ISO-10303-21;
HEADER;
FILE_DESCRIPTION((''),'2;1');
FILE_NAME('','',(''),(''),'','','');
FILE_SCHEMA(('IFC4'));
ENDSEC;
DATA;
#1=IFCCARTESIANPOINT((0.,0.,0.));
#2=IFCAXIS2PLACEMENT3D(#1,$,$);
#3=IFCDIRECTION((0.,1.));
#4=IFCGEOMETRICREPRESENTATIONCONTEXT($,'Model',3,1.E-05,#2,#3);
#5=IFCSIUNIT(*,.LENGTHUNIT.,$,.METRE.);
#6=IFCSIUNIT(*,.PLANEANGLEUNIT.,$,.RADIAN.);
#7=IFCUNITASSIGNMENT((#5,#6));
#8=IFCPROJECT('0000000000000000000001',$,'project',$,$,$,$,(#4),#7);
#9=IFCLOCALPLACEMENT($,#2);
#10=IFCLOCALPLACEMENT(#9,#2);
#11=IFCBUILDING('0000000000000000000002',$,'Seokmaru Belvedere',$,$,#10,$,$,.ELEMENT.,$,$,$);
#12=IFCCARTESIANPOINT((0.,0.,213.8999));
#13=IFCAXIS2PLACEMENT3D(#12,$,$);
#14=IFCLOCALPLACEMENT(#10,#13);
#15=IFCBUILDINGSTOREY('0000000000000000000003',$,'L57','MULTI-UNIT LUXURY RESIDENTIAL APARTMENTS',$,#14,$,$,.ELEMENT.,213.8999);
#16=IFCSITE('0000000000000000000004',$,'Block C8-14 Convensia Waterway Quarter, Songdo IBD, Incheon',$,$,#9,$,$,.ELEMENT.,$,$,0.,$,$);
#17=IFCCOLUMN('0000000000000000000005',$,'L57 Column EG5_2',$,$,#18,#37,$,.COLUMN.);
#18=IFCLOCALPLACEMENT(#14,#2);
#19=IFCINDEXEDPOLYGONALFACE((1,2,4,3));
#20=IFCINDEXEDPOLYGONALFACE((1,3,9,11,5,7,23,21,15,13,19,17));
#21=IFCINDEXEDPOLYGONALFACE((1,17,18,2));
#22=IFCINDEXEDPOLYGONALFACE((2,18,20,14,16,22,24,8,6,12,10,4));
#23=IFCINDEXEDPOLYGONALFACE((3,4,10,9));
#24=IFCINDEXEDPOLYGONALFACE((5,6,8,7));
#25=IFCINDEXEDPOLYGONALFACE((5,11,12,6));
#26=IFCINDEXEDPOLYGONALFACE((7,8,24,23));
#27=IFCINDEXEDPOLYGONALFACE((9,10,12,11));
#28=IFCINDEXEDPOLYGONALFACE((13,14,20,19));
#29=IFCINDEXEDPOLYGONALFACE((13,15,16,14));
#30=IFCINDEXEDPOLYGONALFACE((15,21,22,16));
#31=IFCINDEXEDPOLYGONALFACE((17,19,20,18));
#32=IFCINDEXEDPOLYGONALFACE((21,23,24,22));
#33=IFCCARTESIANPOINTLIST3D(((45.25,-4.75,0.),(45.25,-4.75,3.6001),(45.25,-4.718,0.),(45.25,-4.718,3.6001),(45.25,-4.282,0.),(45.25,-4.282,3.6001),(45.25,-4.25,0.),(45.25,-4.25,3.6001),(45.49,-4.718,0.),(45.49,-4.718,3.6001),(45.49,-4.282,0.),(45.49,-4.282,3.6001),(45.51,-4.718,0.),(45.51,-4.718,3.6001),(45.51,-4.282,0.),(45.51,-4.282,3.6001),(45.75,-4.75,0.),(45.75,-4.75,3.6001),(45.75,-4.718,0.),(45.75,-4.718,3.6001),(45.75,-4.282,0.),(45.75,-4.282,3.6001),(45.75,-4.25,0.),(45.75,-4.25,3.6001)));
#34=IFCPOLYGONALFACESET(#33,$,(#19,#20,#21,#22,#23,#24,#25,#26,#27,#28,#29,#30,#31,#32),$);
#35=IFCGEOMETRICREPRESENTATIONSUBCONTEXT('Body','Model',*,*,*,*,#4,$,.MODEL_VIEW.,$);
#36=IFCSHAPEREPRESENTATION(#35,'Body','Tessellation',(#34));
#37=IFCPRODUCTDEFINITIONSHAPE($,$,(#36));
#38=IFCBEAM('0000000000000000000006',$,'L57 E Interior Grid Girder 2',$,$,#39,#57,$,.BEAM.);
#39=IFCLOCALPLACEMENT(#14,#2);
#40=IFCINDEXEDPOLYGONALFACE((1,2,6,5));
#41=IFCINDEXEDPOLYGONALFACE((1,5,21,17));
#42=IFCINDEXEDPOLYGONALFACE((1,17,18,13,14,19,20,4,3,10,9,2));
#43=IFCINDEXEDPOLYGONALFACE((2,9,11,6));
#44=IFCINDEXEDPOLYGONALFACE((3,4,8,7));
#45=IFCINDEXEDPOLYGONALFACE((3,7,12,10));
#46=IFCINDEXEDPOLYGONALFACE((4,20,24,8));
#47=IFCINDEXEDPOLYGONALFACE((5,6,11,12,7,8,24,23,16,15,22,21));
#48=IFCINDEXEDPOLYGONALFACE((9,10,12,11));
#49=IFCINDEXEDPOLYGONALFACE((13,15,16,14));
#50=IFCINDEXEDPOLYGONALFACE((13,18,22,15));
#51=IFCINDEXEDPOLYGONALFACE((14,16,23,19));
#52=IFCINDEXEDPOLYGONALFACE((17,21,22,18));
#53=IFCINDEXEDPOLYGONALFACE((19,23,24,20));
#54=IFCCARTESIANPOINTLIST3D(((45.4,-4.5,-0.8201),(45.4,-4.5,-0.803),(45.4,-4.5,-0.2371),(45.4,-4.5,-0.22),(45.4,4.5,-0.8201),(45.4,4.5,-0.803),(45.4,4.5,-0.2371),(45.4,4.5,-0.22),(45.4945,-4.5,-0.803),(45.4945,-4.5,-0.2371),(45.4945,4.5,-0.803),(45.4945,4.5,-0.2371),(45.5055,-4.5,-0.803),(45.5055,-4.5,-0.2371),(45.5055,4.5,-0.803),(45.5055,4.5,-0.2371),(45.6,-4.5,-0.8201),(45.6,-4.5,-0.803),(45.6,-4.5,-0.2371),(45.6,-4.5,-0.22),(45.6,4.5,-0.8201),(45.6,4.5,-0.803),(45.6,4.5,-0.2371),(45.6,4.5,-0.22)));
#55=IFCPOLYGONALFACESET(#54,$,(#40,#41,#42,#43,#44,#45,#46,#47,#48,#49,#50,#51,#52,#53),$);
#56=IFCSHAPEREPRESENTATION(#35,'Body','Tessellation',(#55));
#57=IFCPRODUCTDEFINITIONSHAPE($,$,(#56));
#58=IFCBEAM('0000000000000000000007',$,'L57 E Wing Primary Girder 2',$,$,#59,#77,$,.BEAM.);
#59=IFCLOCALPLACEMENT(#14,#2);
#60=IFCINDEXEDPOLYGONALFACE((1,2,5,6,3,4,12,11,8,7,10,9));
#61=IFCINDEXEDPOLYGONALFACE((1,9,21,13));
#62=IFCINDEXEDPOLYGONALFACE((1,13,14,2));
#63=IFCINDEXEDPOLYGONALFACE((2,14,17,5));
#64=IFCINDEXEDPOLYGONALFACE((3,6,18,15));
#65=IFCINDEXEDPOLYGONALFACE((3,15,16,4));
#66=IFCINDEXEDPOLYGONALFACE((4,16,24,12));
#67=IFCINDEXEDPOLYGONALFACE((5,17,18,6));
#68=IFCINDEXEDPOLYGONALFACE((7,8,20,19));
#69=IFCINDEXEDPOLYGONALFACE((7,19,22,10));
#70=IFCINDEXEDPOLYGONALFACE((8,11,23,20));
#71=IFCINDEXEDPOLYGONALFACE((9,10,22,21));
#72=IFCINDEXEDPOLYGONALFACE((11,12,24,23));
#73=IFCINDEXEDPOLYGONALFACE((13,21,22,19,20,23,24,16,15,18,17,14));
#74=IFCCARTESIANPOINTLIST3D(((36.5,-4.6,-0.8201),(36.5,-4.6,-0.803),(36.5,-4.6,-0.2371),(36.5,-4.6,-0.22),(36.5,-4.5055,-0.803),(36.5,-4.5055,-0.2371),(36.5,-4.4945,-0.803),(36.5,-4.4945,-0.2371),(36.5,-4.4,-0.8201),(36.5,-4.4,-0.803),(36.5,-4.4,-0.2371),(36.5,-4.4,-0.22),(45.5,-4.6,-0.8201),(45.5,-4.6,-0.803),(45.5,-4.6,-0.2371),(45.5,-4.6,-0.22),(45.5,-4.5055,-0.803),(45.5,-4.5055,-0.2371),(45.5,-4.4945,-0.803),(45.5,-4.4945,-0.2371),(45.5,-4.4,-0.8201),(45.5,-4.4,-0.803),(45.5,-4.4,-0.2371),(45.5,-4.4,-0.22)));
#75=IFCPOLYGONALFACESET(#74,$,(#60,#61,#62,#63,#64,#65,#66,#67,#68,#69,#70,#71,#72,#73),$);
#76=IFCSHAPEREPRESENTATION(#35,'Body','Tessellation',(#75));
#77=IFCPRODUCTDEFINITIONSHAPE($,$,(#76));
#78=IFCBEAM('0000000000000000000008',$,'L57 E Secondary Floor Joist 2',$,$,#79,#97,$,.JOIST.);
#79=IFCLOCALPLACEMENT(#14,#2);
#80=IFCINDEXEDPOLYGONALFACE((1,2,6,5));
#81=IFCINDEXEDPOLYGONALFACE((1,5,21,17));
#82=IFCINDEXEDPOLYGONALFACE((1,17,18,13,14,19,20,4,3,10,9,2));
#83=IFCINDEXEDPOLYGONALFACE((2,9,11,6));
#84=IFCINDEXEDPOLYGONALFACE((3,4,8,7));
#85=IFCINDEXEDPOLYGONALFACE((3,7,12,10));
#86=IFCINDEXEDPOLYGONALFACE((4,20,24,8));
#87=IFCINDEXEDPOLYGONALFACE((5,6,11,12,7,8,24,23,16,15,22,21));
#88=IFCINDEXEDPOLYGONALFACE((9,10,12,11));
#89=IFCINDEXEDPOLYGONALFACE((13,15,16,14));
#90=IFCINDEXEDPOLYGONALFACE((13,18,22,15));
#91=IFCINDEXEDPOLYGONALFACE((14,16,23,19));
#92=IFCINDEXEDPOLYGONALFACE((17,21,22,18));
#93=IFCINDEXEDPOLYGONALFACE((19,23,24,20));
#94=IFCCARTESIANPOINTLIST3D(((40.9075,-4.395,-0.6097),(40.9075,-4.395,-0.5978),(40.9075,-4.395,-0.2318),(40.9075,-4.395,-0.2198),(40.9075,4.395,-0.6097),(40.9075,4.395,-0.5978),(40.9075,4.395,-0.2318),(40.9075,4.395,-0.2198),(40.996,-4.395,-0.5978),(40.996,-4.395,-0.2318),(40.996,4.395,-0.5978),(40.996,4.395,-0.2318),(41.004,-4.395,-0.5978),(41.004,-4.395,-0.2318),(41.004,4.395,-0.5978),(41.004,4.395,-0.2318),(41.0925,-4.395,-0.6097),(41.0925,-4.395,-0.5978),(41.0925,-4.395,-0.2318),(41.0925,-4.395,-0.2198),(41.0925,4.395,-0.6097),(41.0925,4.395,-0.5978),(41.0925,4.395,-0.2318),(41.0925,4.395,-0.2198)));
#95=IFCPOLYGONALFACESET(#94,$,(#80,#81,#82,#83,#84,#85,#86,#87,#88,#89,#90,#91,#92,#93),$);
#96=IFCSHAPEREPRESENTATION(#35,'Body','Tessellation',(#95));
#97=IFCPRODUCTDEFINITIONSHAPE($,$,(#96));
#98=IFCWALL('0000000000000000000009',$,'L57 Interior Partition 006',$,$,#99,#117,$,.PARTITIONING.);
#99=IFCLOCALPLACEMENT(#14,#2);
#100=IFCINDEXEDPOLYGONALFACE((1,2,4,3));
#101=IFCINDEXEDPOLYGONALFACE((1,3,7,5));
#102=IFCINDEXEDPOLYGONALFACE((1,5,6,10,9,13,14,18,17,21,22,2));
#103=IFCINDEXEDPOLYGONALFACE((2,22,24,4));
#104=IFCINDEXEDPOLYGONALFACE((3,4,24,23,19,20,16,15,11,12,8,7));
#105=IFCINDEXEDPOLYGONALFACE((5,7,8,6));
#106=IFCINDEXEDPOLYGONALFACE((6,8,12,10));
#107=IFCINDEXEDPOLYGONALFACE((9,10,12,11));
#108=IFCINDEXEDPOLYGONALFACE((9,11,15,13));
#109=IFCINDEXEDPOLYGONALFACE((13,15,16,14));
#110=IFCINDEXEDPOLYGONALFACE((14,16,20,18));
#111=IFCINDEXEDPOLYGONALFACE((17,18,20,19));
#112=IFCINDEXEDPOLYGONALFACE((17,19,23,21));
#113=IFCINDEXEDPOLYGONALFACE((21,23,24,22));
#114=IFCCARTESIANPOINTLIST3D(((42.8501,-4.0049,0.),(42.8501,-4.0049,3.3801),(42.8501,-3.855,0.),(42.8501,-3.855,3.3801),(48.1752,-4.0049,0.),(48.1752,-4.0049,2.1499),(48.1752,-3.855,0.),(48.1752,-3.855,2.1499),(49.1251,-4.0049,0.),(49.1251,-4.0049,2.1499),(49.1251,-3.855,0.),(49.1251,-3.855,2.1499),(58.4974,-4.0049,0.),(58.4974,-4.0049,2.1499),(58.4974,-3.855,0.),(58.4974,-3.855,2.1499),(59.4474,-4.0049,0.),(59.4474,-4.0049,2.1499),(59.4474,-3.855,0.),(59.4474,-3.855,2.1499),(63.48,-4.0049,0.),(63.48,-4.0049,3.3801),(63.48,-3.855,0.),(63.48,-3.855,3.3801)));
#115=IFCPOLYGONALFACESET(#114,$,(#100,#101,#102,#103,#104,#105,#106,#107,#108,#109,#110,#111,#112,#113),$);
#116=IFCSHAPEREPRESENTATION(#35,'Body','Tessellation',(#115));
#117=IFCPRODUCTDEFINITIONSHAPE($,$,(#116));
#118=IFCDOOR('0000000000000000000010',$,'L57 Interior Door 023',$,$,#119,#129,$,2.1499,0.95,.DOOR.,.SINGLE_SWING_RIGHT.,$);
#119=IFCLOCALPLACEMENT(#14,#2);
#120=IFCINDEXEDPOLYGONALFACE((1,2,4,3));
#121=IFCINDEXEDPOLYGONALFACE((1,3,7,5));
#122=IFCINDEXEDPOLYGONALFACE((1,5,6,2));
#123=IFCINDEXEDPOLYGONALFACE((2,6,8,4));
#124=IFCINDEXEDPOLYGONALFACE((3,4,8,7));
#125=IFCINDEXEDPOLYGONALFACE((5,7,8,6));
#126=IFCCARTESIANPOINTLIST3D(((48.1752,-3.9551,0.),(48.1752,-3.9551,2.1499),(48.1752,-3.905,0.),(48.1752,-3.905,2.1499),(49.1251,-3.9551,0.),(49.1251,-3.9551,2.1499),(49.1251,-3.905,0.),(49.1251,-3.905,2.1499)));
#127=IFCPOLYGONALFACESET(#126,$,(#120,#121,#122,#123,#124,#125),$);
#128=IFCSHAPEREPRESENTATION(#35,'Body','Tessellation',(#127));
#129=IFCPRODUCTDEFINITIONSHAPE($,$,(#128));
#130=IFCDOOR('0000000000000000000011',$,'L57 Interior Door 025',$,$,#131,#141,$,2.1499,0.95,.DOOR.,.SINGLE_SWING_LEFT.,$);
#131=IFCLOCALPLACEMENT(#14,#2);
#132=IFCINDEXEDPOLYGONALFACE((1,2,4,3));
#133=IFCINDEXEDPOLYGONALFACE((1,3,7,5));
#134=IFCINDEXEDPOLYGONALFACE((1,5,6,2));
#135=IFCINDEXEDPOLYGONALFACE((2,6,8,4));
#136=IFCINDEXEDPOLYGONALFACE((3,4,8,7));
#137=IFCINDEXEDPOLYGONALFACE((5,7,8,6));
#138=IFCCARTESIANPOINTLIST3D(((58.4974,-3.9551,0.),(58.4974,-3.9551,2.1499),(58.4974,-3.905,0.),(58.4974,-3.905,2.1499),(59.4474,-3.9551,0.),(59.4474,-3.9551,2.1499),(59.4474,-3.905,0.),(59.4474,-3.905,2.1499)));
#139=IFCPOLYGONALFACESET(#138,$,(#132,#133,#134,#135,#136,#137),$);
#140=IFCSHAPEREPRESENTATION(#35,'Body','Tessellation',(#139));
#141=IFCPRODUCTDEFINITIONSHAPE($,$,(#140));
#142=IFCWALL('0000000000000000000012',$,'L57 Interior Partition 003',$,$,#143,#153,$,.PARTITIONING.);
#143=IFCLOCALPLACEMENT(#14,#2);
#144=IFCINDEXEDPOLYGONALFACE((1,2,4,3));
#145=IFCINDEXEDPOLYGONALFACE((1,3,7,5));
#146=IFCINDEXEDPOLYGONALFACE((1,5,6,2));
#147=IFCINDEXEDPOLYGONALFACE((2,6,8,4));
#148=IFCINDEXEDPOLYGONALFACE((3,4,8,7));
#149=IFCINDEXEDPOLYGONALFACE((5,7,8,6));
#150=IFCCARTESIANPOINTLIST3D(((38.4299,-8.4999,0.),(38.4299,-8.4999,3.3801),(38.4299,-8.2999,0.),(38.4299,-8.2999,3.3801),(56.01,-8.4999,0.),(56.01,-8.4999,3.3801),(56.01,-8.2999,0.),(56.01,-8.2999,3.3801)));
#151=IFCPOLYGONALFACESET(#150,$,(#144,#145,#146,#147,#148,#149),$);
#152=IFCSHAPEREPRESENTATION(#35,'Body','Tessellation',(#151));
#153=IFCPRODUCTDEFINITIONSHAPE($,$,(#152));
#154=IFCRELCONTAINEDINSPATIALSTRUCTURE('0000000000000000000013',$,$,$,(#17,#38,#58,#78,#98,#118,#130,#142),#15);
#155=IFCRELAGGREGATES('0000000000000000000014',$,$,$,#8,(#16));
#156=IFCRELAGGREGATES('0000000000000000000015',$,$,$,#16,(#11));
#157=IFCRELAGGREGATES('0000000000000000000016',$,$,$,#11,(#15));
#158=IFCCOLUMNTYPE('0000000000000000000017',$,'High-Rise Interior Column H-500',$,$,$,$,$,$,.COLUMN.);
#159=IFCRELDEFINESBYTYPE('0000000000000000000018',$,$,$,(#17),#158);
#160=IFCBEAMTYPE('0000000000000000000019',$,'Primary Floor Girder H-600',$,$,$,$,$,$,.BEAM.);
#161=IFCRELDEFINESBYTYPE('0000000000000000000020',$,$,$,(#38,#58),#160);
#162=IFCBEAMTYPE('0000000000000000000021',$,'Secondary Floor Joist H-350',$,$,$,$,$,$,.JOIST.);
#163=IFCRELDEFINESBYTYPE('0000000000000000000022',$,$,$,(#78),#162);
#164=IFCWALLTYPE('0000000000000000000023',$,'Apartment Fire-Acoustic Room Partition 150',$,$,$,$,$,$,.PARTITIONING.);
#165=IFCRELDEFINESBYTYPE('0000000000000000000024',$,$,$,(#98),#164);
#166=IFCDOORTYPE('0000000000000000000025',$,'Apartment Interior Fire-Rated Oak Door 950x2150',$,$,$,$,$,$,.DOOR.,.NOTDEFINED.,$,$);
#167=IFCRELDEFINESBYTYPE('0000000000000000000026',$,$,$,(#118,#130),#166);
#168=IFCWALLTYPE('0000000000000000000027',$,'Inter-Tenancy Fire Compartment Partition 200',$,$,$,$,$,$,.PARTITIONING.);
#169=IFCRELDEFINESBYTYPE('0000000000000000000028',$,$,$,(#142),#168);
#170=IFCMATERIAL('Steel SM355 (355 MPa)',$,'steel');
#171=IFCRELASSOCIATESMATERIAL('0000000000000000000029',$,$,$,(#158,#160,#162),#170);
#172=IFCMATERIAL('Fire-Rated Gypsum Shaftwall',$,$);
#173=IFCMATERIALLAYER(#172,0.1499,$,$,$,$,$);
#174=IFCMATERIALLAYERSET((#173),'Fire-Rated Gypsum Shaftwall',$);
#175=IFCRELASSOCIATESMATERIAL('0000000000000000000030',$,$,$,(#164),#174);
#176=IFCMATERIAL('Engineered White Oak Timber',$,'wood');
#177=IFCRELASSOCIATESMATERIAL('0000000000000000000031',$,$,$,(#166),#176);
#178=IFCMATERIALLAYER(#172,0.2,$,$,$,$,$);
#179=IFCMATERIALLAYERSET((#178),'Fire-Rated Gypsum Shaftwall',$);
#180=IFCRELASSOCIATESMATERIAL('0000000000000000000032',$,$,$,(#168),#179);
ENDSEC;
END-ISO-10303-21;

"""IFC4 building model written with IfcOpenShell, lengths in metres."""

from ifc_helpers import new_model, si_unit, direction, frame, frame_2d, origin, origin_2d, place, context, subcontext, project, spatial, rectangle, i_section, extrude, source, transform, mapped, material, layer, layer_set, material_profile, profile_set, type_object, type_shapes, element, fill, save


model = new_model("IFC4")

# Units and contexts
model_context = context("Model", 3, precision=1e-05, world=origin(), true_north=direction((0.0, 1.0)))
body_context = subcontext(model_context, "Body", "Model", "MODEL_VIEW")
ifc_project = project(units=[si_unit("LENGTHUNIT", "METRE"), si_unit("PLANEANGLEUNIT", "RADIAN")], contexts=[model_context])

# Site, building, storey
site_placement = place(None, origin())
site = spatial("IfcSite", under=ifc_project, at=site_placement, Name="Block C8-14 Convensia Waterway Quarter, Songdo IBD, Incheon", CompositionType="ELEMENT", RefElevation=0.0)
building_placement = place(site_placement, origin())
building = spatial("IfcBuilding", under=site, at=building_placement, Name="Seokmaru Belvedere", CompositionType="ELEMENT")
storey_placement = place(building_placement, frame((0.0, 0.0, 213.8999)))
storey = spatial("IfcBuildingStorey", under=building, at=storey_placement, Name="L57", Description="MULTI-UNIT LUXURY RESIDENTIAL APARTMENTS", CompositionType="ELEMENT", Elevation=213.8999)

# Column
ifc_material_1 = material(Name="Steel SM355 (355 MPa)", Category="steel")
ifc_material_profile_1 = material_profile(ifc_material_1, i_section(OverallWidth=0.5, OverallDepth=0.5, WebThickness=0.02, FlangeThickness=0.032, at=origin_2d()), Name="H-500x500x20x32")
ifc_profile_set_1 = profile_set([ifc_material_profile_1], Name="Steel SM355 (355 MPa)")
column_type = type_object("IfcColumnType", Name="High-Rise Interior Column H-500", PredefinedType="COLUMN", material=ifc_profile_set_1)
shared_shape_1 = source(origin(), body_context, "Body", "SweptSolid", [
    extrude(i_section(OverallWidth=0.5, OverallDepth=0.5, WebThickness=0.02, FlangeThickness=0.032, at=origin_2d()), origin(), (0.0, 0.0, 1.0), 3.6001),
])
type_shapes(column_type, [shared_shape_1])
column_placement = place(storey_placement, frame((45.5, -4.5, 0.0), z_axis=(0.0, 0.0, 1.0), x_axis=(1.0, 0.0, 0.0)))
element("IfcColumn", 1, at=column_placement, inside=storey, type_object=column_type, Name="L57 Column EG5_2", PredefinedType="COLUMN", context=body_context, shape_type="MappedRepresentation", body=[
    mapped(shared_shape_1, transform((0.0, 0.0, 0.0), scale=1.0)),
])

# Beams
ifc_material_profile_2 = material_profile(ifc_material_1, i_section(OverallWidth=0.2, OverallDepth=0.6001, WebThickness=0.011, FlangeThickness=0.0171, at=origin_2d()), Name="H-600x200x11x17")
ifc_profile_set_2 = profile_set([ifc_material_profile_2], Name="Steel SM355 (355 MPa)")
beam_type_1 = type_object("IfcBeamType", Name="Primary Floor Girder H-600", PredefinedType="BEAM", material=ifc_profile_set_2)
shared_shape_2 = source(origin(), body_context, "Body", "SweptSolid", [
    extrude(i_section(OverallWidth=0.2, OverallDepth=0.6001, WebThickness=0.011, FlangeThickness=0.0171, at=origin_2d()), origin(), (0.0, 0.0, 1.0), 9.0),
])
type_shapes(beam_type_1, [shared_shape_2])
for number, where, z_axis, x_axis, name in (
    (2, (45.5, -4.5, -0.52), (0.0, 1.0, 0.0), (-1.0, 0.0, 0.0), "L57 E Interior Grid Girder 2"),
    (3, (36.5, -4.5, -0.52), (1.0, 0.0, 0.0), (0.0, 1.0, 0.0), "L57 E Wing Primary Girder 2"),
):
    element("IfcBeam", number, at=place(storey_placement, frame(where, z_axis=z_axis, x_axis=x_axis)), inside=storey, type_object=beam_type_1, Name=name, PredefinedType="BEAM", context=body_context, shape_type="MappedRepresentation", body=[
        mapped(shared_shape_2, transform((0.0, 0.0, 0.0), scale=1.0)),
    ])
ifc_material_profile_3 = material_profile(ifc_material_1, i_section(OverallWidth=0.1851, OverallDepth=0.3899, WebThickness=0.0081, FlangeThickness=0.012, at=origin_2d()), Name="H-390x185x8x12")
ifc_profile_set_3 = profile_set([ifc_material_profile_3], Name="Steel SM355 (355 MPa)")
beam_type_2 = type_object("IfcBeamType", Name="Secondary Floor Joist H-350", PredefinedType="JOIST", material=ifc_profile_set_3)
shared_shape_3 = source(origin(), body_context, "Body", "SweptSolid", [
    extrude(i_section(OverallWidth=0.1851, OverallDepth=0.3899, WebThickness=0.0081, FlangeThickness=0.012, at=origin_2d()), origin(), (0.0, 0.0, 1.0), 8.79),
])
type_shapes(beam_type_2, [shared_shape_3])
beam_placement = place(storey_placement, frame((41.0, -4.395, -0.4148), z_axis=(0.0, 1.0, 0.0), x_axis=(-1.0, 0.0, 0.0)))
element("IfcBeam", 4, at=beam_placement, inside=storey, type_object=beam_type_2, Name="L57 E Secondary Floor Joist 2", PredefinedType="JOIST", context=body_context, shape_type="MappedRepresentation", body=[
    mapped(shared_shape_3, transform((0.0, 0.0, 0.0), scale=1.0)),
])

# Wall, openings, doors
ifc_material_2 = material(Name="Fire-Rated Gypsum Shaftwall")
ifc_layer_1 = layer(ifc_material_2, 0.1499)
ifc_layer_set_1 = layer_set([ifc_layer_1], Name="Fire-Rated Gypsum Shaftwall")
wall_type_1 = type_object("IfcWallType", Name="Apartment Fire-Acoustic Room Partition 150", PredefinedType="PARTITIONING", material=ifc_layer_set_1)
wall_1_placement = place(storey_placement, frame((42.8501, -3.9299, 0.0), z_axis=(0.0, 0.0, 1.0), x_axis=(1.0, 0.0, 0.0)))
wall_1 = element("IfcWall", 5, at=wall_1_placement, inside=storey, type_object=wall_type_1, Name="L57 Interior Partition 006", PredefinedType="PARTITIONING", context=body_context, shape_type="SweptSolid", body=[
    extrude(rectangle(XDim=20.6299, YDim=0.1499, at=frame_2d((10.3149, 0.0))), origin(), (0.0, 0.0, 1.0), 3.3801),
])
opening_1_placement = place(wall_1_placement, frame((5.325, 0.0, 0.0)))
opening_1 = element("IfcOpeningElement", 6, at=opening_1_placement, cuts=wall_1, PredefinedType="OPENING", context=body_context, shape_type="SweptSolid", body=[
    extrude(rectangle(XDim=0.95, YDim=2.1499, at=frame_2d((0.4751, 1.075))), frame((0.0, 0.085, 0.0), z_axis=(0.0, -1.0, 0.0), x_axis=(1.0, 0.0, 0.0)), (0.0, 0.0, 1.0), 0.1699),
])
opening_2_placement = place(wall_1_placement, frame((15.6472, 0.0, 0.0)))
opening_2 = element("IfcOpeningElement", 7, at=opening_2_placement, cuts=wall_1, PredefinedType="OPENING", context=body_context, shape_type="SweptSolid", body=[
    extrude(rectangle(XDim=0.95, YDim=2.1499, at=frame_2d((0.4751, 1.075))), frame((0.0, 0.085, 0.0), z_axis=(0.0, -1.0, 0.0), x_axis=(1.0, 0.0, 0.0)), (0.0, 0.0, 1.0), 0.1699),
])
ifc_material_3 = material(Name="Engineered White Oak Timber", Category="wood")
door_type_1 = type_object("IfcDoorType", Name="Apartment Interior Fire-Rated Oak Door 950x2150", OperationType="NOTDEFINED", PredefinedType="DOOR", material=ifc_material_3)
shared_shape_4 = source(origin(), body_context, "Body", "SweptSolid", [
    extrude(rectangle(XDim=0.95, YDim=2.1499, at=frame_2d((0.4751, 1.075))), frame((0.0, 0.0249, 0.0), z_axis=(0.0, -1.0, 0.0), x_axis=(1.0, 0.0, 0.0)), (0.0, 0.0, 1.0), 0.05),
])
type_shapes(door_type_1, [shared_shape_4])
door_1_placement = place(opening_1_placement, origin())
door_1 = element("IfcDoor", 8, at=door_1_placement, inside=storey, type_object=door_type_1, Name="L57 Interior Door 023", OperationType="SINGLE_SWING_RIGHT", OverallHeight=2.1499, OverallWidth=0.95, PredefinedType="DOOR", context=body_context, shape_type="MappedRepresentation", body=[
    mapped(shared_shape_4, transform((0.0, 0.0, 0.0), scale=1.0)),
])
fill(opening_1, door_1)
door_2_placement = place(opening_2_placement, origin())
door_2 = element("IfcDoor", 9, at=door_2_placement, inside=storey, type_object=door_type_1, Name="L57 Interior Door 025", OperationType="SINGLE_SWING_LEFT", OverallHeight=2.1499, OverallWidth=0.95, PredefinedType="DOOR", context=body_context, shape_type="MappedRepresentation", body=[
    mapped(shared_shape_4, transform((0.0, 0.0, 0.0), scale=1.0)),
])
fill(opening_2, door_2)

# Wall
ifc_layer_2 = layer(ifc_material_2, 0.2)
ifc_layer_set_2 = layer_set([ifc_layer_2], Name="Fire-Rated Gypsum Shaftwall")
wall_type_2 = type_object("IfcWallType", Name="Inter-Tenancy Fire Compartment Partition 200", PredefinedType="PARTITIONING", material=ifc_layer_set_2)
wall_2_placement = place(storey_placement, frame((38.4299, -8.3999, 0.0), z_axis=(0.0, 0.0, 1.0), x_axis=(1.0, 0.0, 0.0)))
element("IfcWall", 10, at=wall_2_placement, inside=storey, type_object=wall_type_2, Name="L57 Interior Partition 003", PredefinedType="PARTITIONING", context=body_context, shape_type="SweptSolid", body=[
    extrude(rectangle(XDim=17.5801, YDim=0.2, at=frame_2d((8.79, 0.0))), origin(), (0.0, 0.0, 1.0), 3.3801),
])

save(model, "model.ifc")
